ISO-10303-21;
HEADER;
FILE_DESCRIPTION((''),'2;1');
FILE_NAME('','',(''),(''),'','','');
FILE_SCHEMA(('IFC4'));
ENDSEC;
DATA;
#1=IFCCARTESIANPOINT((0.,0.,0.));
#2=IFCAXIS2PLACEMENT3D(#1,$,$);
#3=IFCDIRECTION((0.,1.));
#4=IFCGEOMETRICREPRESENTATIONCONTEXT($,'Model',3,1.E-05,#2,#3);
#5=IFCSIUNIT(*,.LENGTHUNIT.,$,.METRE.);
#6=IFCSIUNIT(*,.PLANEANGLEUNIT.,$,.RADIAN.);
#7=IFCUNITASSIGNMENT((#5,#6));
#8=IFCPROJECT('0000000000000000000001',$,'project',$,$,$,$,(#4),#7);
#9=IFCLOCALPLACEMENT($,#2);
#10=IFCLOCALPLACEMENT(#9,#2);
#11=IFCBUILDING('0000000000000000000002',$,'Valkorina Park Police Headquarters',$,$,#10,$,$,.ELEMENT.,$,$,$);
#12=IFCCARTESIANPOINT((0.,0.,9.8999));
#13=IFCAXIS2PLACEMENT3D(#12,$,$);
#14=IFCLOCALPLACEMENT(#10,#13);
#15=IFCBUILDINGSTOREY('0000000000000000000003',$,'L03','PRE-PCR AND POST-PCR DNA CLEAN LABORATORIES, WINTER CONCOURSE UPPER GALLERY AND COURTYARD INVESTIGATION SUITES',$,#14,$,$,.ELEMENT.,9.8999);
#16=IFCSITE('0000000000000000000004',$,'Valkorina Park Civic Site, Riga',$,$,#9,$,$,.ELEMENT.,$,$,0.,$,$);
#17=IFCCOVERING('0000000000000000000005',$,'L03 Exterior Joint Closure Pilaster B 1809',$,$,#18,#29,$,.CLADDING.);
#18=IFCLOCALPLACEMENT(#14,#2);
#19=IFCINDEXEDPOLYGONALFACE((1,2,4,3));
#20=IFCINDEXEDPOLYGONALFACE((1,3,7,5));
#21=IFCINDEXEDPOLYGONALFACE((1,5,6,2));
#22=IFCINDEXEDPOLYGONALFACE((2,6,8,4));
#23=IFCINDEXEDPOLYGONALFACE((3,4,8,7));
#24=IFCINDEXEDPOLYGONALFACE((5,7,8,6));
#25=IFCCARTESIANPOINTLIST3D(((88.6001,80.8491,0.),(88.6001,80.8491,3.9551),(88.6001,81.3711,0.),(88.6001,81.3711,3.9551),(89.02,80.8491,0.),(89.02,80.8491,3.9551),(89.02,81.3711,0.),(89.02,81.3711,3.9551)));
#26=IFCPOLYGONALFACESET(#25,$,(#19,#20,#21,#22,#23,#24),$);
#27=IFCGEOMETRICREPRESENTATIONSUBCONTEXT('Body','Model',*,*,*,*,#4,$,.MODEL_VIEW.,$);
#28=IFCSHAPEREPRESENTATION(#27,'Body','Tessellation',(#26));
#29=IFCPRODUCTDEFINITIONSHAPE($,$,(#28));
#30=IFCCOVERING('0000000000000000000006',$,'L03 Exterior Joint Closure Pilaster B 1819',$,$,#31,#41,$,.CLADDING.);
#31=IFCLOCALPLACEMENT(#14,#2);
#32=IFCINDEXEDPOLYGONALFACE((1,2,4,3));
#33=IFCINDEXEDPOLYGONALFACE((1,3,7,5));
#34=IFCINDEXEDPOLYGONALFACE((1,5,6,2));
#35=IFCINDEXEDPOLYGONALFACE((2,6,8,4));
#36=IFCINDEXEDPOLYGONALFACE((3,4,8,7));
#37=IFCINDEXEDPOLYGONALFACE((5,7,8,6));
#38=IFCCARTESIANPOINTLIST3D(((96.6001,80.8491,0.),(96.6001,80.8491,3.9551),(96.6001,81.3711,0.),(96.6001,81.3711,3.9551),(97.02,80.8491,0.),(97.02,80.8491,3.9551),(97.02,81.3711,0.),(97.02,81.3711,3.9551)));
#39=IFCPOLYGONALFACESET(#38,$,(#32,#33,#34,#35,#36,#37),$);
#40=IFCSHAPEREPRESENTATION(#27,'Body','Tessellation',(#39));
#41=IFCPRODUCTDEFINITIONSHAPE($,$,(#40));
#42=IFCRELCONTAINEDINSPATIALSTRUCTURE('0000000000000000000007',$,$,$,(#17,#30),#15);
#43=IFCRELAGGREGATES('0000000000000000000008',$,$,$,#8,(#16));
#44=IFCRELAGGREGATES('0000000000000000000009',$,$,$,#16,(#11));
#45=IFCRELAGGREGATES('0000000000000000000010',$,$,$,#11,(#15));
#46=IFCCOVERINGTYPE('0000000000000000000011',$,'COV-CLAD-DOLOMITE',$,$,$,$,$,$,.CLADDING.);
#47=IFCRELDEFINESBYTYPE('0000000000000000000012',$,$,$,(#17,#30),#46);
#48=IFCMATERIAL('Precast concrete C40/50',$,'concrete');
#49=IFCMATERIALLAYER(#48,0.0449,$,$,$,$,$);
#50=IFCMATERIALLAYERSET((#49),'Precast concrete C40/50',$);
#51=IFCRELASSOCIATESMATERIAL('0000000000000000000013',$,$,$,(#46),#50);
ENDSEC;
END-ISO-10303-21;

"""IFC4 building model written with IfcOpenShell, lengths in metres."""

from ifc_helpers import new_model, si_unit, direction, frame, origin, origin_2d, place, context, subcontext, project, spatial, rectangle, extrude, material, layer, layer_set, type_object, element, save


model = new_model("IFC4")

# Units and contexts
model_context = context("Model", 3, precision=1e-05, world=origin(), true_north=direction((0.0, 1.0)))
body_context = subcontext(model_context, "Body", "Model", "MODEL_VIEW")
ifc_project = project(units=[si_unit("LENGTHUNIT", "METRE"), si_unit("PLANEANGLEUNIT", "RADIAN")], contexts=[model_context])

# Site, building, storey
site_placement = place(None, origin())
site = spatial("IfcSite", under=ifc_project, at=site_placement, Name="Valkorina Park Civic Site, Riga", CompositionType="ELEMENT", RefElevation=0.0)
building_placement = place(site_placement, origin())
building = spatial("IfcBuilding", under=site, at=building_placement, Name="Valkorina Park Police Headquarters", CompositionType="ELEMENT")
storey_placement = place(building_placement, frame((0.0, 0.0, 9.8999)))
storey = spatial("IfcBuildingStorey", under=building, at=storey_placement, Name="L03", Description="PRE-PCR AND POST-PCR DNA CLEAN LABORATORIES, WINTER CONCOURSE UPPER GALLERY AND COURTYARD INVESTIGATION SUITES", CompositionType="ELEMENT", Elevation=9.8999)

# Coverings
ifc_material_1 = material(Name="Precast concrete C40/50", Category="concrete")
ifc_layer_1 = layer(ifc_material_1, 0.0449)
ifc_layer_set_1 = layer_set([ifc_layer_1], Name="Precast concrete C40/50")
covering_type = type_object("IfcCoveringType", Name="COV-CLAD-DOLOMITE", PredefinedType="CLADDING", material=ifc_layer_set_1)
for number, where, z_axis, x_axis, name in (
    (1, (88.8101, 81.1101, 0.0), (0.0, 0.0, 1.0), (1.0, 0.0, 0.0), "L03 Exterior Joint Closure Pilaster B 1809"),
    (2, (96.8101, 81.1101, 0.0), (0.0, 0.0, 1.0), (1.0, 0.0, 0.0), "L03 Exterior Joint Closure Pilaster B 1819"),
):
    element("IfcCovering", number, at=place(storey_placement, frame(where, z_axis=z_axis, x_axis=x_axis)), inside=storey, type_object=covering_type, Name=name, PredefinedType="CLADDING", context=body_context, shape_type="SweptSolid", body=[
        extrude(rectangle(XDim=0.4199, YDim=0.522, at=origin_2d()), origin(), (0.0, 0.0, 1.0), 3.9551),
    ])

save(model, "model.ifc")
